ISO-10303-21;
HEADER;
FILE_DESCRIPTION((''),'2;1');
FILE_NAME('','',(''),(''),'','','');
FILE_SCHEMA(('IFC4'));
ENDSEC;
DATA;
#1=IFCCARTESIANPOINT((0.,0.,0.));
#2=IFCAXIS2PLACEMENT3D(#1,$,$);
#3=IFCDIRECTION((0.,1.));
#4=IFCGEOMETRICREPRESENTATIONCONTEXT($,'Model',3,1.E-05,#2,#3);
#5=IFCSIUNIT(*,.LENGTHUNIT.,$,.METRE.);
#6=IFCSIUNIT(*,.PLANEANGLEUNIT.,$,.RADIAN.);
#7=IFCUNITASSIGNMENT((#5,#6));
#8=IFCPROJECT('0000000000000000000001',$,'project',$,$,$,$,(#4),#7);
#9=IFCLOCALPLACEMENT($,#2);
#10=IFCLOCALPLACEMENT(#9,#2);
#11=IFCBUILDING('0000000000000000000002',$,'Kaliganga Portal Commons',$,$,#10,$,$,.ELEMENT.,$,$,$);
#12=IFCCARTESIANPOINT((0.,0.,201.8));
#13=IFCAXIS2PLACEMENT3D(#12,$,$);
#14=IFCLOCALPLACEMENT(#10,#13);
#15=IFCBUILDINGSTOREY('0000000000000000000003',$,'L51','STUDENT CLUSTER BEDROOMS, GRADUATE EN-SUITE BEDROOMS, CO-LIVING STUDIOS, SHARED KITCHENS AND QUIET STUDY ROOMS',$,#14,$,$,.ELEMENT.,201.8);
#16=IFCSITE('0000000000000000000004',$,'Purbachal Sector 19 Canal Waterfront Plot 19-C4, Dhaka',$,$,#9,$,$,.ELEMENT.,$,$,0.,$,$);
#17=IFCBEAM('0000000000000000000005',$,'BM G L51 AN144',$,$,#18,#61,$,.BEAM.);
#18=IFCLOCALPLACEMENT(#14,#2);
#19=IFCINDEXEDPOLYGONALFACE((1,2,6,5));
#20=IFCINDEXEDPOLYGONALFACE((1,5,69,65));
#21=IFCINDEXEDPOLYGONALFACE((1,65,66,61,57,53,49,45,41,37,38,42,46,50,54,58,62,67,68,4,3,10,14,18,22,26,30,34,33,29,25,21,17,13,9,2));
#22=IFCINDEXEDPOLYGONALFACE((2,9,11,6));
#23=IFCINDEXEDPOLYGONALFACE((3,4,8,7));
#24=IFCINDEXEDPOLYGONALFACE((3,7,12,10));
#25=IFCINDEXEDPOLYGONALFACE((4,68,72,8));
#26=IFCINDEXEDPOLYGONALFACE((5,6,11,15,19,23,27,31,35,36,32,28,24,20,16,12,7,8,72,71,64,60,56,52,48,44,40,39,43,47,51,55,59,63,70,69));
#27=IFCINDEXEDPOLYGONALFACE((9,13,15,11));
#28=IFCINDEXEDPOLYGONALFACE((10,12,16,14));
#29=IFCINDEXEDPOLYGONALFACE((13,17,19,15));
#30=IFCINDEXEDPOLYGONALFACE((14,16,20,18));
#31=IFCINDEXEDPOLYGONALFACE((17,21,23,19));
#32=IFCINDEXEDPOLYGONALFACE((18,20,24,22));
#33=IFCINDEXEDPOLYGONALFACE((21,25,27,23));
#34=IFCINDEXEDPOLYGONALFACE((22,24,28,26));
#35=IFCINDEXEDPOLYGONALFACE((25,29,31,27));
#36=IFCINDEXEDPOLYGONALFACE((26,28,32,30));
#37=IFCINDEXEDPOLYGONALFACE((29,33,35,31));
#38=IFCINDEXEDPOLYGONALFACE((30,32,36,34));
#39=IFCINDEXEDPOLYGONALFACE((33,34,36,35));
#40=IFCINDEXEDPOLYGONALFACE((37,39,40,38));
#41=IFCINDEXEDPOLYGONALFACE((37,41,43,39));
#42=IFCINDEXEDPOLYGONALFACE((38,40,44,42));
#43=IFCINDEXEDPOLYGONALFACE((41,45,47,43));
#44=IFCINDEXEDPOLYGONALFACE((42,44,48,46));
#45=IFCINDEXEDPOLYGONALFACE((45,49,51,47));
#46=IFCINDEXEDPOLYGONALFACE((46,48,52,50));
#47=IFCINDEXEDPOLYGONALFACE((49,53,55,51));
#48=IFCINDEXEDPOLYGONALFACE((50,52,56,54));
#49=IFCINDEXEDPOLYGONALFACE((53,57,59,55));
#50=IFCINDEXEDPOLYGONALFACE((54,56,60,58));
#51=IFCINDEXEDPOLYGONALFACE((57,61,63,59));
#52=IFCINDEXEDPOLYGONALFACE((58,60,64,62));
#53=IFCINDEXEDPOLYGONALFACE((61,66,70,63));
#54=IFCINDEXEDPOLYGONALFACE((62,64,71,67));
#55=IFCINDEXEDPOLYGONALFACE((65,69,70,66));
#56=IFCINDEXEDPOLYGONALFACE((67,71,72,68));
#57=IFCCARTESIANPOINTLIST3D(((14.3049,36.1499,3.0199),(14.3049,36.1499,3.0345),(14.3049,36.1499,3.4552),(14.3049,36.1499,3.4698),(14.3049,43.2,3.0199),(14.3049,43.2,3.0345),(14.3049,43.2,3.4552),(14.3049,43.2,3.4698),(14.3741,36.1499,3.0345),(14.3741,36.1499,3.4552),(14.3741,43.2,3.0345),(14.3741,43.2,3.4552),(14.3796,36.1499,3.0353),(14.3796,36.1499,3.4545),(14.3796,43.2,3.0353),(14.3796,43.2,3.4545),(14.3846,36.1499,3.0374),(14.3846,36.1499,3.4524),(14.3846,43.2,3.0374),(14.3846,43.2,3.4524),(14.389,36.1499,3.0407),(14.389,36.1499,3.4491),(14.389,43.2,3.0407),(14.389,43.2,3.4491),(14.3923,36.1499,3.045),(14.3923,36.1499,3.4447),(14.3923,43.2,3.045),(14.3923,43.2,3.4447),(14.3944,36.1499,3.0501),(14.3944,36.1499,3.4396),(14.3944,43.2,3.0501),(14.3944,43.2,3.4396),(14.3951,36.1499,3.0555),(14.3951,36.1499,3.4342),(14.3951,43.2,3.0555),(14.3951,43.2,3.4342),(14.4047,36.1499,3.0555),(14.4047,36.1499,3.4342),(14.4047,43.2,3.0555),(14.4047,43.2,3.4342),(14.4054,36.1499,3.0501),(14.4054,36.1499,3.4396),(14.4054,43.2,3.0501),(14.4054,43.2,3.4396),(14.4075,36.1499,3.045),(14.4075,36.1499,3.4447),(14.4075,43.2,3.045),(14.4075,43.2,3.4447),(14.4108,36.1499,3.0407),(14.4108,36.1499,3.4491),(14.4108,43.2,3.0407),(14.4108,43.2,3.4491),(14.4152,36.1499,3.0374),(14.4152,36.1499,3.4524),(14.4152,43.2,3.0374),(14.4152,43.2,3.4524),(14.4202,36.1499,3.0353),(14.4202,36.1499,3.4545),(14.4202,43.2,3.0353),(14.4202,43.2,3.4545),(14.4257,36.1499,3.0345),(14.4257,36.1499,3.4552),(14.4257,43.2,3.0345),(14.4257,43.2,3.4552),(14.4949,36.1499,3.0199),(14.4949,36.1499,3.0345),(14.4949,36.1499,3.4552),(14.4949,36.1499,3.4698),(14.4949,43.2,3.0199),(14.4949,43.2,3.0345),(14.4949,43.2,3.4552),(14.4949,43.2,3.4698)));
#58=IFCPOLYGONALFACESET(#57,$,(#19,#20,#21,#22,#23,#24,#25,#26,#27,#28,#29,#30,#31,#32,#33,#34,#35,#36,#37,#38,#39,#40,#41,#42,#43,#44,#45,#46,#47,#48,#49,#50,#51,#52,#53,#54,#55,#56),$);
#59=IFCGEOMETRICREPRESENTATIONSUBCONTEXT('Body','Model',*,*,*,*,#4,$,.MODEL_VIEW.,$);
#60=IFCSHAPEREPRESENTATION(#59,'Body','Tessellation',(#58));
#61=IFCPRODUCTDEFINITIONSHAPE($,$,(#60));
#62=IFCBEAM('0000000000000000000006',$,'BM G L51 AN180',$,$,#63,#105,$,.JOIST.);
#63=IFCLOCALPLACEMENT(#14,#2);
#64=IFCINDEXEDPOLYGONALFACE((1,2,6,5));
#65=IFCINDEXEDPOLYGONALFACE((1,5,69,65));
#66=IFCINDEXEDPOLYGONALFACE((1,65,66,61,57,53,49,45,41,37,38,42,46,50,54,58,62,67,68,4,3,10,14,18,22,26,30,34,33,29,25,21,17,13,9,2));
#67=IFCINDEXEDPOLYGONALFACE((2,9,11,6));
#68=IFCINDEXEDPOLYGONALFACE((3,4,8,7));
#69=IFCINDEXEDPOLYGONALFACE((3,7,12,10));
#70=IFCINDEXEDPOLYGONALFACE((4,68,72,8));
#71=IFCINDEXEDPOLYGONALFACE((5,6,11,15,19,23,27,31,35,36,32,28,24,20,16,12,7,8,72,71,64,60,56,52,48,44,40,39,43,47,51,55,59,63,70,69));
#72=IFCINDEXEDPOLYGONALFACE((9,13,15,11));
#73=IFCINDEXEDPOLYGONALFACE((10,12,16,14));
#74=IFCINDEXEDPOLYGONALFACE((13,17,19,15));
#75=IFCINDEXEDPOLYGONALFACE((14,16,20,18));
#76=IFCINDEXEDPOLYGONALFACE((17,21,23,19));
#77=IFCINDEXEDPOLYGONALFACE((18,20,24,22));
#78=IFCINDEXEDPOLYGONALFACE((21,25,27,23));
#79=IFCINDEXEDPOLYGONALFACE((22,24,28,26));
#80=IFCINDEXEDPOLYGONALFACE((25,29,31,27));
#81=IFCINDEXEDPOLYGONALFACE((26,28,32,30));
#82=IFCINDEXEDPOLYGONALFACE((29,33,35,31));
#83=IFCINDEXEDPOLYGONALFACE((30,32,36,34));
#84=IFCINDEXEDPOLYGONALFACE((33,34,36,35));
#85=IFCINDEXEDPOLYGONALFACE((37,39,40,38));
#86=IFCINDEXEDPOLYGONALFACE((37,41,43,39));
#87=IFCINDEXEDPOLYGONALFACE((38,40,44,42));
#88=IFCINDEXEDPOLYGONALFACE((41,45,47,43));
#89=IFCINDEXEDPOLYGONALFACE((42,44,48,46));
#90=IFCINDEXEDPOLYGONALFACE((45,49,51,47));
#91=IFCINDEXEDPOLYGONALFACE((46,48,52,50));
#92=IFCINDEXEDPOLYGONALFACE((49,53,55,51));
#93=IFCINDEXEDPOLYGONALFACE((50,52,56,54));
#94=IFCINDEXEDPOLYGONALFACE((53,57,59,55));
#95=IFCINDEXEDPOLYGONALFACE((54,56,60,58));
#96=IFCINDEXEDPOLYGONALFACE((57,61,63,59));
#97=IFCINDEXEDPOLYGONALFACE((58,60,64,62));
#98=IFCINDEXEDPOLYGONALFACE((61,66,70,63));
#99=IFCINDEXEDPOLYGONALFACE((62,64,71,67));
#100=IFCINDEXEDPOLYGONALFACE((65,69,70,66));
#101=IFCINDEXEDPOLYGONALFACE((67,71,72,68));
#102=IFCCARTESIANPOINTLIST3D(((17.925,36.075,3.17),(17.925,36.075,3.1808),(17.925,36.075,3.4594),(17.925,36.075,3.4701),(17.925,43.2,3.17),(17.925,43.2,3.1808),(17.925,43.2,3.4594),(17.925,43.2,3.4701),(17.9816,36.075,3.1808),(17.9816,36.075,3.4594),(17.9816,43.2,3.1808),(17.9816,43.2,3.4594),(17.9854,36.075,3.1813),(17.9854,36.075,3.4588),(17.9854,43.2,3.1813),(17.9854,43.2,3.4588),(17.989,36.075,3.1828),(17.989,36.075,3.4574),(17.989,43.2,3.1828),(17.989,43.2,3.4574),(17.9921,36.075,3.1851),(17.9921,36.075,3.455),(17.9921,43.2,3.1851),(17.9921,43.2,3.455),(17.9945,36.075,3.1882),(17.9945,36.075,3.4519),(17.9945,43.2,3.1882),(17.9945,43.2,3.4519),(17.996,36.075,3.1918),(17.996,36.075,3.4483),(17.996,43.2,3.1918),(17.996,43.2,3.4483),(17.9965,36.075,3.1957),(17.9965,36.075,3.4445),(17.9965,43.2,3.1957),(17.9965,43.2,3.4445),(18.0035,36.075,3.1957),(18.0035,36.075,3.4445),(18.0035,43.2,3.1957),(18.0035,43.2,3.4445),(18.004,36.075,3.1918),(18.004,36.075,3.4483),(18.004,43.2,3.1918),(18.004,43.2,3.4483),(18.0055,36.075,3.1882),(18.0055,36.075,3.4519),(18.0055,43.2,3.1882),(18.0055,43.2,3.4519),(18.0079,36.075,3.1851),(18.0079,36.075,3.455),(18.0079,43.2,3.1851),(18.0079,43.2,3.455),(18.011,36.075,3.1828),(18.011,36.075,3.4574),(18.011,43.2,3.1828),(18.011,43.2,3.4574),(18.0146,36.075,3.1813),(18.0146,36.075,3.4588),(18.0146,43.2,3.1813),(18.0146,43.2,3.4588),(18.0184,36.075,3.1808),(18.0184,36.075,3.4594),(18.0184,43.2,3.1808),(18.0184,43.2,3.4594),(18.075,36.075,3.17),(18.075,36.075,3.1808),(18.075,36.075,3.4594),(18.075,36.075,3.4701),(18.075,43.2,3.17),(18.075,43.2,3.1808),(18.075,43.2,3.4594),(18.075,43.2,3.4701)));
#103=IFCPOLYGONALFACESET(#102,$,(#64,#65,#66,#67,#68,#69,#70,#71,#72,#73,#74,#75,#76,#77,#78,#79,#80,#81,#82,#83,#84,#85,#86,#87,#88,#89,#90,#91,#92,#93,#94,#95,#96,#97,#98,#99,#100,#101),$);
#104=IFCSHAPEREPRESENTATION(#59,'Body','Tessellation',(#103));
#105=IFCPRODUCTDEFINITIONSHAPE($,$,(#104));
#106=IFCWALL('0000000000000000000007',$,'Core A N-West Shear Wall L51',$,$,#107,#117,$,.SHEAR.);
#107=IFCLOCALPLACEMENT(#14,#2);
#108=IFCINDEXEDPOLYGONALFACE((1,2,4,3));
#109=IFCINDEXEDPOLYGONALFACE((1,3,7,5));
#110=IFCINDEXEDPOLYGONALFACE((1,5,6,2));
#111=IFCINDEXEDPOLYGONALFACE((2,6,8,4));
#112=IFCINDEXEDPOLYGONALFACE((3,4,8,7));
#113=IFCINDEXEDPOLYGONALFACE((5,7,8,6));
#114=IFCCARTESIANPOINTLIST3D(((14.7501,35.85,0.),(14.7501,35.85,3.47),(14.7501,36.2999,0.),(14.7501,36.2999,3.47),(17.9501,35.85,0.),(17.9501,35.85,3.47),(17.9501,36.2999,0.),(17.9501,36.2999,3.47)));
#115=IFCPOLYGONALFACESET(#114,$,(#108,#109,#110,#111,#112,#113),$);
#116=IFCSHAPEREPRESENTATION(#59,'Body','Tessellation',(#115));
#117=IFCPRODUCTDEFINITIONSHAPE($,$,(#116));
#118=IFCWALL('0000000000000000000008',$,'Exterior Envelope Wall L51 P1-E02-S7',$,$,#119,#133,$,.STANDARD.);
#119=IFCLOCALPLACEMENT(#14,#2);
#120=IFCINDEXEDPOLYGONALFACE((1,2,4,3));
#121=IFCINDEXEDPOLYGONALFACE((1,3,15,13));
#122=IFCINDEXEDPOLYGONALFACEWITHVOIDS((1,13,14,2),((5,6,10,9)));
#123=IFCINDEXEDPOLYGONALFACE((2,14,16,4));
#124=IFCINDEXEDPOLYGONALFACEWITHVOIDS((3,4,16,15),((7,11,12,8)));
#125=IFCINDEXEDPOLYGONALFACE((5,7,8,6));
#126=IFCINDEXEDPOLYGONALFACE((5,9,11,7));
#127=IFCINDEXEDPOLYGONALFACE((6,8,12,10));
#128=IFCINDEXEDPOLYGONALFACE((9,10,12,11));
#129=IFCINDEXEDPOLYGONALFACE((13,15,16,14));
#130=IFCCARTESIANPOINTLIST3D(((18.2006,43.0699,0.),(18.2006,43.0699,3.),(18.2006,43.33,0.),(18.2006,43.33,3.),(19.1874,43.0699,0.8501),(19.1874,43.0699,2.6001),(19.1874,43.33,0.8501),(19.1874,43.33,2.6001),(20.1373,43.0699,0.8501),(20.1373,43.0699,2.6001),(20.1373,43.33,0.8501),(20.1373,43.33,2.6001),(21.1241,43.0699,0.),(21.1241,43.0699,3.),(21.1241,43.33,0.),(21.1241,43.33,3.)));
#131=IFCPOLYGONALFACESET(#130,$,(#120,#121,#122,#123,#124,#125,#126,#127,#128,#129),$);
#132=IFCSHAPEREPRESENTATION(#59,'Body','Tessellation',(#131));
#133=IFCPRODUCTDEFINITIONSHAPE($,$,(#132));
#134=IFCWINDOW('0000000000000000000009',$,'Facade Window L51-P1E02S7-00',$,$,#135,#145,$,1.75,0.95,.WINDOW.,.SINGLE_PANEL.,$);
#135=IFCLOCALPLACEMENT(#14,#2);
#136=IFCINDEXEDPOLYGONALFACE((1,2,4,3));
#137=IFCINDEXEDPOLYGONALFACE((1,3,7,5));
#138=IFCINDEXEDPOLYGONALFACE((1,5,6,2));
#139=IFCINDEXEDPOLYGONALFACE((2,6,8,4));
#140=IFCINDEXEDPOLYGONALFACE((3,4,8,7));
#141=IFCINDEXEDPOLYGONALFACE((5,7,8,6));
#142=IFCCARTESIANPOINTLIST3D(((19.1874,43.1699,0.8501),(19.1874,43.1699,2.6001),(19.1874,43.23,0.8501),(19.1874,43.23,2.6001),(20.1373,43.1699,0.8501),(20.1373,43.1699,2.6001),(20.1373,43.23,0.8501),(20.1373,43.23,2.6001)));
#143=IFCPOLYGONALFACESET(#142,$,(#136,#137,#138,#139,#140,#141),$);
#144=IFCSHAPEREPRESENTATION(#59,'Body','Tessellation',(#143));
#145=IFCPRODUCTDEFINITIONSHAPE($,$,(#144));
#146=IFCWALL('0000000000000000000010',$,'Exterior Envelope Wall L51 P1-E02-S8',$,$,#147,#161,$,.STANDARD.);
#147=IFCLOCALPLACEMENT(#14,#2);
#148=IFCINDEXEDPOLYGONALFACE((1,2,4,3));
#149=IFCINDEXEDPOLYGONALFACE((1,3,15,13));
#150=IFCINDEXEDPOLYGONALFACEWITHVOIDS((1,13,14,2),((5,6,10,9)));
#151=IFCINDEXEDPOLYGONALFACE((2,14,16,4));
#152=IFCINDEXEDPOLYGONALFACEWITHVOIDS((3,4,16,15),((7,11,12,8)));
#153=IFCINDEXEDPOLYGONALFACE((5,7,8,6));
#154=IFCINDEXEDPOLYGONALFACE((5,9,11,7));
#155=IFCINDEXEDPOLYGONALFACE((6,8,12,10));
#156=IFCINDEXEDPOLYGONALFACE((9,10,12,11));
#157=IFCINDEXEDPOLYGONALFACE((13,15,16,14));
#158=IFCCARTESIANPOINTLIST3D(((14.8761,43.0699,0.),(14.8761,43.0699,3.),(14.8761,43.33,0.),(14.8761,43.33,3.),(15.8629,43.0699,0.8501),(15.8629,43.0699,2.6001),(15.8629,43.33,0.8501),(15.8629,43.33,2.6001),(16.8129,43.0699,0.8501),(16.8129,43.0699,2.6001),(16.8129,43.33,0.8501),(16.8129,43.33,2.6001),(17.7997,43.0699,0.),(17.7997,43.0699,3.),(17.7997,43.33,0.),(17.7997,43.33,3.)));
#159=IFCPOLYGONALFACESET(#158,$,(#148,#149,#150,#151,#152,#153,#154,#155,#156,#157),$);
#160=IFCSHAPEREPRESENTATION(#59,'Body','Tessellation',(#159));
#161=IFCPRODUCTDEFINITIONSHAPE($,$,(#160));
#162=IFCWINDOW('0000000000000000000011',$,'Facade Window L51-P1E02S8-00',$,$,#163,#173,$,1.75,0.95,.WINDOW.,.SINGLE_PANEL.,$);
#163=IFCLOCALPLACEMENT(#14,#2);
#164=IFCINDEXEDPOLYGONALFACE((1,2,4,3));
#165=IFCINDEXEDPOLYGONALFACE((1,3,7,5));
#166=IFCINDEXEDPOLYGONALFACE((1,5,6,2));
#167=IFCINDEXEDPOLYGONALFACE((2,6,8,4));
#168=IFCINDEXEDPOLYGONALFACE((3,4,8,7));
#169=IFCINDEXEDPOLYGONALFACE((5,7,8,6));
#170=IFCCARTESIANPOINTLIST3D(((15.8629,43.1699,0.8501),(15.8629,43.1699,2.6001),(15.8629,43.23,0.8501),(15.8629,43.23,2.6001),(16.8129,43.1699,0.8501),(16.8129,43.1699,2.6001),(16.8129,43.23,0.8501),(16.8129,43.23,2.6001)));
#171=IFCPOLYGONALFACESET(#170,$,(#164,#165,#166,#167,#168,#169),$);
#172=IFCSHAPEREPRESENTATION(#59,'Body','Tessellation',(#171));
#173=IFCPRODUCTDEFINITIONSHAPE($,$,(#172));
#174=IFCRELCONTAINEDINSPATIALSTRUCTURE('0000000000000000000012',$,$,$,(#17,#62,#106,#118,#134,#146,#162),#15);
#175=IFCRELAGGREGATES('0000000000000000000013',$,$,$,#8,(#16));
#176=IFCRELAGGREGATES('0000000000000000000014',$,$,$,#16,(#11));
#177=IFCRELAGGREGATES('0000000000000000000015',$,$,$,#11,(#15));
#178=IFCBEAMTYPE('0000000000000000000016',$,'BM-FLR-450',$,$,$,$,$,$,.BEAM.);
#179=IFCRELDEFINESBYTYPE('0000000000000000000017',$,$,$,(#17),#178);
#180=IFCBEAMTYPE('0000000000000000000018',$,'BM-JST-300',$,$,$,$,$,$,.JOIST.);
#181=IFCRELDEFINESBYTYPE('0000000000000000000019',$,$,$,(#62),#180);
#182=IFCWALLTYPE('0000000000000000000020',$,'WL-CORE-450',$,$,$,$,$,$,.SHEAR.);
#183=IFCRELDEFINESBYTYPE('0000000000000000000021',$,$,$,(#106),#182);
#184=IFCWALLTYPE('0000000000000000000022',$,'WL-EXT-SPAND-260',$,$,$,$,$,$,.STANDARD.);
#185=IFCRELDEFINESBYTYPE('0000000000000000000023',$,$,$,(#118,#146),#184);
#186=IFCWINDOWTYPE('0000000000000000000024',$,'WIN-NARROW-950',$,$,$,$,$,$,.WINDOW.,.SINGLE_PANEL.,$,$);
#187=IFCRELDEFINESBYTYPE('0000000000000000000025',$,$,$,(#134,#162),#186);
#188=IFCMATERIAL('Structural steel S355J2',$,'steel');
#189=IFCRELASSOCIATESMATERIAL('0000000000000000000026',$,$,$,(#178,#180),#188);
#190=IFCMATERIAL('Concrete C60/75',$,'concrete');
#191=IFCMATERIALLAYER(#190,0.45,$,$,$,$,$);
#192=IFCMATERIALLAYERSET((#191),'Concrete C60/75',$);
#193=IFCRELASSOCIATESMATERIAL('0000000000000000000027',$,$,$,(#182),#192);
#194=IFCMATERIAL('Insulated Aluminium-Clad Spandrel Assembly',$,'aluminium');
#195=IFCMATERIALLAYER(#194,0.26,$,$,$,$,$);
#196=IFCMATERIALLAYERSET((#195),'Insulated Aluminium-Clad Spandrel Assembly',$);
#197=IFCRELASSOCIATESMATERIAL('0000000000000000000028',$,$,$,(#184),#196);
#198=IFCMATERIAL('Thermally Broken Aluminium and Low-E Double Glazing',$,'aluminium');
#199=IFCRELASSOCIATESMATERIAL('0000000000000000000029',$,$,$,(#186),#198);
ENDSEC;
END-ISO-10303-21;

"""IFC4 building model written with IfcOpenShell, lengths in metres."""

from ifc_helpers import new_model, si_unit, direction, frame, frame_2d, origin, origin_2d, place, context, subcontext, project, spatial, rectangle, i_section, extrude, source, transform, mapped, material, layer, layer_set, material_profile, profile_set, type_object, element, fill, save


model = new_model("IFC4")

# Units and contexts
model_context = context("Model", 3, precision=1e-05, world=origin(), true_north=direction((0.0, 1.0)))
body_context = subcontext(model_context, "Body", "Model", "MODEL_VIEW")
ifc_project = project(units=[si_unit("LENGTHUNIT", "METRE"), si_unit("PLANEANGLEUNIT", "RADIAN")], contexts=[model_context])

# Site, building, storey
site_placement = place(None, origin())
site = spatial("IfcSite", under=ifc_project, at=site_placement, Name="Purbachal Sector 19 Canal Waterfront Plot 19-C4, Dhaka", CompositionType="ELEMENT", RefElevation=0.0)
building_placement = place(site_placement, origin())
building = spatial("IfcBuilding", under=site, at=building_placement, Name="Kaliganga Portal Commons", CompositionType="ELEMENT")
storey_placement = place(building_placement, frame((0.0, 0.0, 201.8)))
storey = spatial("IfcBuildingStorey", under=building, at=storey_placement, Name="L51", Description="STUDENT CLUSTER BEDROOMS, GRADUATE EN-SUITE BEDROOMS, CO-LIVING STUDIOS, SHARED KITCHENS AND QUIET STUDY ROOMS", CompositionType="ELEMENT", Elevation=201.8)

# Shared definitions
ifc_material_1 = material(Name="Structural steel S355J2", Category="steel")

# Beams
ifc_material_profile_1 = material_profile(ifc_material_1, i_section(OverallWidth=0.1899, OverallDepth=0.45, WebThickness=0.0095, FlangeThickness=0.0146, FilletRadius=0.021, at=origin_2d()), Name="IPE 450")
ifc_profile_set_1 = profile_set([ifc_material_profile_1], Name="Structural steel S355J2 wide-flange")
beam_type_1 = type_object("IfcBeamType", Name="BM-FLR-450", PredefinedType="BEAM", material=ifc_profile_set_1)
shared_shape_1 = source(origin(), body_context, "Body", "SweptSolid", [
    extrude(i_section(OverallWidth=0.1899, OverallDepth=0.45, WebThickness=0.0095, FlangeThickness=0.0146, FilletRadius=0.021, at=origin_2d()), origin(), (0.0, 0.0, 1.0), 7.05),
])
beam_1_placement = place(storey_placement, frame((14.3999, 36.1499, 3.2449), z_axis=(0.0, 1.0, 0.0), x_axis=(-1.0, 0.0, 0.0)))
element("IfcBeam", 1, at=beam_1_placement, inside=storey, type_object=beam_type_1, Name="BM G L51 AN144", PredefinedType="BEAM", context=body_context, shape_type="MappedRepresentation", body=[
    mapped(shared_shape_1, transform((0.0, 0.0, 0.0), x_axis=(1.0, 0.0, 0.0), y_axis=(0.0, 1.0, 0.0), z_axis=(0.0, 0.0, 1.0), scale=1.0)),
])
ifc_material_profile_2 = material_profile(ifc_material_1, i_section(OverallWidth=0.1499, OverallDepth=0.3, WebThickness=0.0071, FlangeThickness=0.0107, FilletRadius=0.0149, at=origin_2d()), Name="IPE 300")
ifc_profile_set_2 = profile_set([ifc_material_profile_2], Name="Structural steel S355J2 wide-flange")
beam_type_2 = type_object("IfcBeamType", Name="BM-JST-300", PredefinedType="JOIST", material=ifc_profile_set_2)
shared_shape_2 = source(origin(), body_context, "Body", "SweptSolid", [
    extrude(i_section(OverallWidth=0.1499, OverallDepth=0.3, WebThickness=0.0071, FlangeThickness=0.0107, FilletRadius=0.0149, at=origin_2d()), origin(), (0.0, 0.0, 1.0), 7.125),
])
beam_2_placement = place(storey_placement, frame((18.0, 36.075, 3.3201), z_axis=(0.0, 1.0, 0.0), x_axis=(-1.0, 0.0, 0.0)))
element("IfcBeam", 2, at=beam_2_placement, inside=storey, type_object=beam_type_2, Name="BM G L51 AN180", PredefinedType="JOIST", context=body_context, shape_type="MappedRepresentation", body=[
    mapped(shared_shape_2, transform((0.0, 0.0, 0.0), x_axis=(1.0, 0.0, 0.0), y_axis=(0.0, 1.0, 0.0), z_axis=(0.0, 0.0, 1.0), scale=1.0)),
])

# Wall
ifc_material_2 = material(Name="Concrete C60/75", Category="concrete")
ifc_layer_1 = layer(ifc_material_2, 0.45)
ifc_layer_set_1 = layer_set([ifc_layer_1], Name="Concrete C60/75")
wall_type_1 = type_object("IfcWallType", Name="WL-CORE-450", PredefinedType="SHEAR", material=ifc_layer_set_1)
wall_1_placement = place(storey_placement, frame((14.75, 36.075, 0.0), z_axis=(0.0, 0.0, 1.0), x_axis=(1.0, 0.0, 0.0)))
element("IfcWall", 3, at=wall_1_placement, inside=storey, type_object=wall_type_1, Name="Core A N-West Shear Wall L51", PredefinedType="SHEAR", context=body_context, shape_type="SweptSolid", body=[
    extrude(rectangle(XDim=3.2, YDim=0.45, at=frame_2d((1.6001, 0.0))), origin(), (0.0, 0.0, 1.0), 3.47),
])

# Walls, openings, windows
ifc_material_3 = material(Name="Insulated Aluminium-Clad Spandrel Assembly", Category="aluminium")
ifc_layer_2 = layer(ifc_material_3, 0.26)
ifc_layer_set_2 = layer_set([ifc_layer_2], Name="Insulated Aluminium-Clad Spandrel Assembly")
wall_type_2 = type_object("IfcWallType", Name="WL-EXT-SPAND-260", PredefinedType="STANDARD", material=ifc_layer_set_2)
wall_2_placement = place(storey_placement, frame((18.2004, 43.2, 0.0), z_axis=(0.0, 0.0, 1.0), x_axis=(1.0, 0.0, 0.0)))
wall_2 = element("IfcWall", 4, at=wall_2_placement, inside=storey, type_object=wall_type_2, Name="Exterior Envelope Wall L51 P1-E02-S7", PredefinedType="STANDARD", context=body_context, shape_type="SweptSolid", body=[
    extrude(rectangle(XDim=2.9236, YDim=0.26, at=frame_2d((1.4619, 0.0))), origin(), (0.0, 0.0, 1.0), 3.0),
])
opening_1_placement = place(wall_2_placement, frame((0.9868, 0.0, 0.8501)))
opening_1 = element("IfcOpeningElement", 5, at=opening_1_placement, cuts=wall_2, PredefinedType="OPENING", context=body_context, shape_type="SweptSolid", body=[
    extrude(rectangle(XDim=0.95, YDim=1.75, at=frame_2d((0.4751, 0.875))), frame((0.0, 0.1401, 0.0), z_axis=(0.0, -1.0, 0.0), x_axis=(1.0, 0.0, 0.0)), (0.0, 0.0, 1.0), 0.28),
])
ifc_material_4 = material(Name="Thermally Broken Aluminium and Low-E Double Glazing", Category="aluminium")
window_type = type_object("IfcWindowType", Name="WIN-NARROW-950", PartitioningType="SINGLE_PANEL", PredefinedType="WINDOW", material=ifc_material_4)
window_1_placement = place(opening_1_placement, origin())
window_1 = element("IfcWindow", 6, at=window_1_placement, inside=storey, type_object=window_type, Name="Facade Window L51-P1E02S7-00", OverallHeight=1.75, OverallWidth=0.95, PartitioningType="SINGLE_PANEL", PredefinedType="WINDOW", context=body_context, shape_type="SweptSolid", body=[
    extrude(rectangle(XDim=0.95, YDim=1.75, at=frame_2d((0.4751, 0.875))), frame((0.0, 0.03, 0.0), z_axis=(0.0, -1.0, 0.0), x_axis=(1.0, 0.0, 0.0)), (0.0, 0.0, 1.0), 0.0601),
])
fill(opening_1, window_1)
wall_3_placement = place(storey_placement, frame((14.876, 43.2, 0.0), z_axis=(0.0, 0.0, 1.0), x_axis=(1.0, 0.0, 0.0)))
wall_3 = element("IfcWall", 7, at=wall_3_placement, inside=storey, type_object=wall_type_2, Name="Exterior Envelope Wall L51 P1-E02-S8", PredefinedType="STANDARD", context=body_context, shape_type="SweptSolid", body=[
    extrude(rectangle(XDim=2.9236, YDim=0.26, at=frame_2d((1.4619, 0.0))), origin(), (0.0, 0.0, 1.0), 3.0),
])
opening_2_placement = place(wall_3_placement, frame((0.9868, 0.0, 0.8501)))
opening_2 = element("IfcOpeningElement", 8, at=opening_2_placement, cuts=wall_3, PredefinedType="OPENING", context=body_context, shape_type="SweptSolid", body=[
    extrude(rectangle(XDim=0.95, YDim=1.75, at=frame_2d((0.4751, 0.875))), frame((0.0, 0.1401, 0.0), z_axis=(0.0, -1.0, 0.0), x_axis=(1.0, 0.0, 0.0)), (0.0, 0.0, 1.0), 0.28),
])
window_2_placement = place(opening_2_placement, origin())
window_2 = element("IfcWindow", 9, at=window_2_placement, inside=storey, type_object=window_type, Name="Facade Window L51-P1E02S8-00", OverallHeight=1.75, OverallWidth=0.95, PartitioningType="SINGLE_PANEL", PredefinedType="WINDOW", context=body_context, shape_type="SweptSolid", body=[
    extrude(rectangle(XDim=0.95, YDim=1.75, at=frame_2d((0.4751, 0.875))), frame((0.0, 0.03, 0.0), z_axis=(0.0, -1.0, 0.0), x_axis=(1.0, 0.0, 0.0)), (0.0, 0.0, 1.0), 0.0601),
])
fill(opening_2, window_2)

save(model, "model.ifc")
